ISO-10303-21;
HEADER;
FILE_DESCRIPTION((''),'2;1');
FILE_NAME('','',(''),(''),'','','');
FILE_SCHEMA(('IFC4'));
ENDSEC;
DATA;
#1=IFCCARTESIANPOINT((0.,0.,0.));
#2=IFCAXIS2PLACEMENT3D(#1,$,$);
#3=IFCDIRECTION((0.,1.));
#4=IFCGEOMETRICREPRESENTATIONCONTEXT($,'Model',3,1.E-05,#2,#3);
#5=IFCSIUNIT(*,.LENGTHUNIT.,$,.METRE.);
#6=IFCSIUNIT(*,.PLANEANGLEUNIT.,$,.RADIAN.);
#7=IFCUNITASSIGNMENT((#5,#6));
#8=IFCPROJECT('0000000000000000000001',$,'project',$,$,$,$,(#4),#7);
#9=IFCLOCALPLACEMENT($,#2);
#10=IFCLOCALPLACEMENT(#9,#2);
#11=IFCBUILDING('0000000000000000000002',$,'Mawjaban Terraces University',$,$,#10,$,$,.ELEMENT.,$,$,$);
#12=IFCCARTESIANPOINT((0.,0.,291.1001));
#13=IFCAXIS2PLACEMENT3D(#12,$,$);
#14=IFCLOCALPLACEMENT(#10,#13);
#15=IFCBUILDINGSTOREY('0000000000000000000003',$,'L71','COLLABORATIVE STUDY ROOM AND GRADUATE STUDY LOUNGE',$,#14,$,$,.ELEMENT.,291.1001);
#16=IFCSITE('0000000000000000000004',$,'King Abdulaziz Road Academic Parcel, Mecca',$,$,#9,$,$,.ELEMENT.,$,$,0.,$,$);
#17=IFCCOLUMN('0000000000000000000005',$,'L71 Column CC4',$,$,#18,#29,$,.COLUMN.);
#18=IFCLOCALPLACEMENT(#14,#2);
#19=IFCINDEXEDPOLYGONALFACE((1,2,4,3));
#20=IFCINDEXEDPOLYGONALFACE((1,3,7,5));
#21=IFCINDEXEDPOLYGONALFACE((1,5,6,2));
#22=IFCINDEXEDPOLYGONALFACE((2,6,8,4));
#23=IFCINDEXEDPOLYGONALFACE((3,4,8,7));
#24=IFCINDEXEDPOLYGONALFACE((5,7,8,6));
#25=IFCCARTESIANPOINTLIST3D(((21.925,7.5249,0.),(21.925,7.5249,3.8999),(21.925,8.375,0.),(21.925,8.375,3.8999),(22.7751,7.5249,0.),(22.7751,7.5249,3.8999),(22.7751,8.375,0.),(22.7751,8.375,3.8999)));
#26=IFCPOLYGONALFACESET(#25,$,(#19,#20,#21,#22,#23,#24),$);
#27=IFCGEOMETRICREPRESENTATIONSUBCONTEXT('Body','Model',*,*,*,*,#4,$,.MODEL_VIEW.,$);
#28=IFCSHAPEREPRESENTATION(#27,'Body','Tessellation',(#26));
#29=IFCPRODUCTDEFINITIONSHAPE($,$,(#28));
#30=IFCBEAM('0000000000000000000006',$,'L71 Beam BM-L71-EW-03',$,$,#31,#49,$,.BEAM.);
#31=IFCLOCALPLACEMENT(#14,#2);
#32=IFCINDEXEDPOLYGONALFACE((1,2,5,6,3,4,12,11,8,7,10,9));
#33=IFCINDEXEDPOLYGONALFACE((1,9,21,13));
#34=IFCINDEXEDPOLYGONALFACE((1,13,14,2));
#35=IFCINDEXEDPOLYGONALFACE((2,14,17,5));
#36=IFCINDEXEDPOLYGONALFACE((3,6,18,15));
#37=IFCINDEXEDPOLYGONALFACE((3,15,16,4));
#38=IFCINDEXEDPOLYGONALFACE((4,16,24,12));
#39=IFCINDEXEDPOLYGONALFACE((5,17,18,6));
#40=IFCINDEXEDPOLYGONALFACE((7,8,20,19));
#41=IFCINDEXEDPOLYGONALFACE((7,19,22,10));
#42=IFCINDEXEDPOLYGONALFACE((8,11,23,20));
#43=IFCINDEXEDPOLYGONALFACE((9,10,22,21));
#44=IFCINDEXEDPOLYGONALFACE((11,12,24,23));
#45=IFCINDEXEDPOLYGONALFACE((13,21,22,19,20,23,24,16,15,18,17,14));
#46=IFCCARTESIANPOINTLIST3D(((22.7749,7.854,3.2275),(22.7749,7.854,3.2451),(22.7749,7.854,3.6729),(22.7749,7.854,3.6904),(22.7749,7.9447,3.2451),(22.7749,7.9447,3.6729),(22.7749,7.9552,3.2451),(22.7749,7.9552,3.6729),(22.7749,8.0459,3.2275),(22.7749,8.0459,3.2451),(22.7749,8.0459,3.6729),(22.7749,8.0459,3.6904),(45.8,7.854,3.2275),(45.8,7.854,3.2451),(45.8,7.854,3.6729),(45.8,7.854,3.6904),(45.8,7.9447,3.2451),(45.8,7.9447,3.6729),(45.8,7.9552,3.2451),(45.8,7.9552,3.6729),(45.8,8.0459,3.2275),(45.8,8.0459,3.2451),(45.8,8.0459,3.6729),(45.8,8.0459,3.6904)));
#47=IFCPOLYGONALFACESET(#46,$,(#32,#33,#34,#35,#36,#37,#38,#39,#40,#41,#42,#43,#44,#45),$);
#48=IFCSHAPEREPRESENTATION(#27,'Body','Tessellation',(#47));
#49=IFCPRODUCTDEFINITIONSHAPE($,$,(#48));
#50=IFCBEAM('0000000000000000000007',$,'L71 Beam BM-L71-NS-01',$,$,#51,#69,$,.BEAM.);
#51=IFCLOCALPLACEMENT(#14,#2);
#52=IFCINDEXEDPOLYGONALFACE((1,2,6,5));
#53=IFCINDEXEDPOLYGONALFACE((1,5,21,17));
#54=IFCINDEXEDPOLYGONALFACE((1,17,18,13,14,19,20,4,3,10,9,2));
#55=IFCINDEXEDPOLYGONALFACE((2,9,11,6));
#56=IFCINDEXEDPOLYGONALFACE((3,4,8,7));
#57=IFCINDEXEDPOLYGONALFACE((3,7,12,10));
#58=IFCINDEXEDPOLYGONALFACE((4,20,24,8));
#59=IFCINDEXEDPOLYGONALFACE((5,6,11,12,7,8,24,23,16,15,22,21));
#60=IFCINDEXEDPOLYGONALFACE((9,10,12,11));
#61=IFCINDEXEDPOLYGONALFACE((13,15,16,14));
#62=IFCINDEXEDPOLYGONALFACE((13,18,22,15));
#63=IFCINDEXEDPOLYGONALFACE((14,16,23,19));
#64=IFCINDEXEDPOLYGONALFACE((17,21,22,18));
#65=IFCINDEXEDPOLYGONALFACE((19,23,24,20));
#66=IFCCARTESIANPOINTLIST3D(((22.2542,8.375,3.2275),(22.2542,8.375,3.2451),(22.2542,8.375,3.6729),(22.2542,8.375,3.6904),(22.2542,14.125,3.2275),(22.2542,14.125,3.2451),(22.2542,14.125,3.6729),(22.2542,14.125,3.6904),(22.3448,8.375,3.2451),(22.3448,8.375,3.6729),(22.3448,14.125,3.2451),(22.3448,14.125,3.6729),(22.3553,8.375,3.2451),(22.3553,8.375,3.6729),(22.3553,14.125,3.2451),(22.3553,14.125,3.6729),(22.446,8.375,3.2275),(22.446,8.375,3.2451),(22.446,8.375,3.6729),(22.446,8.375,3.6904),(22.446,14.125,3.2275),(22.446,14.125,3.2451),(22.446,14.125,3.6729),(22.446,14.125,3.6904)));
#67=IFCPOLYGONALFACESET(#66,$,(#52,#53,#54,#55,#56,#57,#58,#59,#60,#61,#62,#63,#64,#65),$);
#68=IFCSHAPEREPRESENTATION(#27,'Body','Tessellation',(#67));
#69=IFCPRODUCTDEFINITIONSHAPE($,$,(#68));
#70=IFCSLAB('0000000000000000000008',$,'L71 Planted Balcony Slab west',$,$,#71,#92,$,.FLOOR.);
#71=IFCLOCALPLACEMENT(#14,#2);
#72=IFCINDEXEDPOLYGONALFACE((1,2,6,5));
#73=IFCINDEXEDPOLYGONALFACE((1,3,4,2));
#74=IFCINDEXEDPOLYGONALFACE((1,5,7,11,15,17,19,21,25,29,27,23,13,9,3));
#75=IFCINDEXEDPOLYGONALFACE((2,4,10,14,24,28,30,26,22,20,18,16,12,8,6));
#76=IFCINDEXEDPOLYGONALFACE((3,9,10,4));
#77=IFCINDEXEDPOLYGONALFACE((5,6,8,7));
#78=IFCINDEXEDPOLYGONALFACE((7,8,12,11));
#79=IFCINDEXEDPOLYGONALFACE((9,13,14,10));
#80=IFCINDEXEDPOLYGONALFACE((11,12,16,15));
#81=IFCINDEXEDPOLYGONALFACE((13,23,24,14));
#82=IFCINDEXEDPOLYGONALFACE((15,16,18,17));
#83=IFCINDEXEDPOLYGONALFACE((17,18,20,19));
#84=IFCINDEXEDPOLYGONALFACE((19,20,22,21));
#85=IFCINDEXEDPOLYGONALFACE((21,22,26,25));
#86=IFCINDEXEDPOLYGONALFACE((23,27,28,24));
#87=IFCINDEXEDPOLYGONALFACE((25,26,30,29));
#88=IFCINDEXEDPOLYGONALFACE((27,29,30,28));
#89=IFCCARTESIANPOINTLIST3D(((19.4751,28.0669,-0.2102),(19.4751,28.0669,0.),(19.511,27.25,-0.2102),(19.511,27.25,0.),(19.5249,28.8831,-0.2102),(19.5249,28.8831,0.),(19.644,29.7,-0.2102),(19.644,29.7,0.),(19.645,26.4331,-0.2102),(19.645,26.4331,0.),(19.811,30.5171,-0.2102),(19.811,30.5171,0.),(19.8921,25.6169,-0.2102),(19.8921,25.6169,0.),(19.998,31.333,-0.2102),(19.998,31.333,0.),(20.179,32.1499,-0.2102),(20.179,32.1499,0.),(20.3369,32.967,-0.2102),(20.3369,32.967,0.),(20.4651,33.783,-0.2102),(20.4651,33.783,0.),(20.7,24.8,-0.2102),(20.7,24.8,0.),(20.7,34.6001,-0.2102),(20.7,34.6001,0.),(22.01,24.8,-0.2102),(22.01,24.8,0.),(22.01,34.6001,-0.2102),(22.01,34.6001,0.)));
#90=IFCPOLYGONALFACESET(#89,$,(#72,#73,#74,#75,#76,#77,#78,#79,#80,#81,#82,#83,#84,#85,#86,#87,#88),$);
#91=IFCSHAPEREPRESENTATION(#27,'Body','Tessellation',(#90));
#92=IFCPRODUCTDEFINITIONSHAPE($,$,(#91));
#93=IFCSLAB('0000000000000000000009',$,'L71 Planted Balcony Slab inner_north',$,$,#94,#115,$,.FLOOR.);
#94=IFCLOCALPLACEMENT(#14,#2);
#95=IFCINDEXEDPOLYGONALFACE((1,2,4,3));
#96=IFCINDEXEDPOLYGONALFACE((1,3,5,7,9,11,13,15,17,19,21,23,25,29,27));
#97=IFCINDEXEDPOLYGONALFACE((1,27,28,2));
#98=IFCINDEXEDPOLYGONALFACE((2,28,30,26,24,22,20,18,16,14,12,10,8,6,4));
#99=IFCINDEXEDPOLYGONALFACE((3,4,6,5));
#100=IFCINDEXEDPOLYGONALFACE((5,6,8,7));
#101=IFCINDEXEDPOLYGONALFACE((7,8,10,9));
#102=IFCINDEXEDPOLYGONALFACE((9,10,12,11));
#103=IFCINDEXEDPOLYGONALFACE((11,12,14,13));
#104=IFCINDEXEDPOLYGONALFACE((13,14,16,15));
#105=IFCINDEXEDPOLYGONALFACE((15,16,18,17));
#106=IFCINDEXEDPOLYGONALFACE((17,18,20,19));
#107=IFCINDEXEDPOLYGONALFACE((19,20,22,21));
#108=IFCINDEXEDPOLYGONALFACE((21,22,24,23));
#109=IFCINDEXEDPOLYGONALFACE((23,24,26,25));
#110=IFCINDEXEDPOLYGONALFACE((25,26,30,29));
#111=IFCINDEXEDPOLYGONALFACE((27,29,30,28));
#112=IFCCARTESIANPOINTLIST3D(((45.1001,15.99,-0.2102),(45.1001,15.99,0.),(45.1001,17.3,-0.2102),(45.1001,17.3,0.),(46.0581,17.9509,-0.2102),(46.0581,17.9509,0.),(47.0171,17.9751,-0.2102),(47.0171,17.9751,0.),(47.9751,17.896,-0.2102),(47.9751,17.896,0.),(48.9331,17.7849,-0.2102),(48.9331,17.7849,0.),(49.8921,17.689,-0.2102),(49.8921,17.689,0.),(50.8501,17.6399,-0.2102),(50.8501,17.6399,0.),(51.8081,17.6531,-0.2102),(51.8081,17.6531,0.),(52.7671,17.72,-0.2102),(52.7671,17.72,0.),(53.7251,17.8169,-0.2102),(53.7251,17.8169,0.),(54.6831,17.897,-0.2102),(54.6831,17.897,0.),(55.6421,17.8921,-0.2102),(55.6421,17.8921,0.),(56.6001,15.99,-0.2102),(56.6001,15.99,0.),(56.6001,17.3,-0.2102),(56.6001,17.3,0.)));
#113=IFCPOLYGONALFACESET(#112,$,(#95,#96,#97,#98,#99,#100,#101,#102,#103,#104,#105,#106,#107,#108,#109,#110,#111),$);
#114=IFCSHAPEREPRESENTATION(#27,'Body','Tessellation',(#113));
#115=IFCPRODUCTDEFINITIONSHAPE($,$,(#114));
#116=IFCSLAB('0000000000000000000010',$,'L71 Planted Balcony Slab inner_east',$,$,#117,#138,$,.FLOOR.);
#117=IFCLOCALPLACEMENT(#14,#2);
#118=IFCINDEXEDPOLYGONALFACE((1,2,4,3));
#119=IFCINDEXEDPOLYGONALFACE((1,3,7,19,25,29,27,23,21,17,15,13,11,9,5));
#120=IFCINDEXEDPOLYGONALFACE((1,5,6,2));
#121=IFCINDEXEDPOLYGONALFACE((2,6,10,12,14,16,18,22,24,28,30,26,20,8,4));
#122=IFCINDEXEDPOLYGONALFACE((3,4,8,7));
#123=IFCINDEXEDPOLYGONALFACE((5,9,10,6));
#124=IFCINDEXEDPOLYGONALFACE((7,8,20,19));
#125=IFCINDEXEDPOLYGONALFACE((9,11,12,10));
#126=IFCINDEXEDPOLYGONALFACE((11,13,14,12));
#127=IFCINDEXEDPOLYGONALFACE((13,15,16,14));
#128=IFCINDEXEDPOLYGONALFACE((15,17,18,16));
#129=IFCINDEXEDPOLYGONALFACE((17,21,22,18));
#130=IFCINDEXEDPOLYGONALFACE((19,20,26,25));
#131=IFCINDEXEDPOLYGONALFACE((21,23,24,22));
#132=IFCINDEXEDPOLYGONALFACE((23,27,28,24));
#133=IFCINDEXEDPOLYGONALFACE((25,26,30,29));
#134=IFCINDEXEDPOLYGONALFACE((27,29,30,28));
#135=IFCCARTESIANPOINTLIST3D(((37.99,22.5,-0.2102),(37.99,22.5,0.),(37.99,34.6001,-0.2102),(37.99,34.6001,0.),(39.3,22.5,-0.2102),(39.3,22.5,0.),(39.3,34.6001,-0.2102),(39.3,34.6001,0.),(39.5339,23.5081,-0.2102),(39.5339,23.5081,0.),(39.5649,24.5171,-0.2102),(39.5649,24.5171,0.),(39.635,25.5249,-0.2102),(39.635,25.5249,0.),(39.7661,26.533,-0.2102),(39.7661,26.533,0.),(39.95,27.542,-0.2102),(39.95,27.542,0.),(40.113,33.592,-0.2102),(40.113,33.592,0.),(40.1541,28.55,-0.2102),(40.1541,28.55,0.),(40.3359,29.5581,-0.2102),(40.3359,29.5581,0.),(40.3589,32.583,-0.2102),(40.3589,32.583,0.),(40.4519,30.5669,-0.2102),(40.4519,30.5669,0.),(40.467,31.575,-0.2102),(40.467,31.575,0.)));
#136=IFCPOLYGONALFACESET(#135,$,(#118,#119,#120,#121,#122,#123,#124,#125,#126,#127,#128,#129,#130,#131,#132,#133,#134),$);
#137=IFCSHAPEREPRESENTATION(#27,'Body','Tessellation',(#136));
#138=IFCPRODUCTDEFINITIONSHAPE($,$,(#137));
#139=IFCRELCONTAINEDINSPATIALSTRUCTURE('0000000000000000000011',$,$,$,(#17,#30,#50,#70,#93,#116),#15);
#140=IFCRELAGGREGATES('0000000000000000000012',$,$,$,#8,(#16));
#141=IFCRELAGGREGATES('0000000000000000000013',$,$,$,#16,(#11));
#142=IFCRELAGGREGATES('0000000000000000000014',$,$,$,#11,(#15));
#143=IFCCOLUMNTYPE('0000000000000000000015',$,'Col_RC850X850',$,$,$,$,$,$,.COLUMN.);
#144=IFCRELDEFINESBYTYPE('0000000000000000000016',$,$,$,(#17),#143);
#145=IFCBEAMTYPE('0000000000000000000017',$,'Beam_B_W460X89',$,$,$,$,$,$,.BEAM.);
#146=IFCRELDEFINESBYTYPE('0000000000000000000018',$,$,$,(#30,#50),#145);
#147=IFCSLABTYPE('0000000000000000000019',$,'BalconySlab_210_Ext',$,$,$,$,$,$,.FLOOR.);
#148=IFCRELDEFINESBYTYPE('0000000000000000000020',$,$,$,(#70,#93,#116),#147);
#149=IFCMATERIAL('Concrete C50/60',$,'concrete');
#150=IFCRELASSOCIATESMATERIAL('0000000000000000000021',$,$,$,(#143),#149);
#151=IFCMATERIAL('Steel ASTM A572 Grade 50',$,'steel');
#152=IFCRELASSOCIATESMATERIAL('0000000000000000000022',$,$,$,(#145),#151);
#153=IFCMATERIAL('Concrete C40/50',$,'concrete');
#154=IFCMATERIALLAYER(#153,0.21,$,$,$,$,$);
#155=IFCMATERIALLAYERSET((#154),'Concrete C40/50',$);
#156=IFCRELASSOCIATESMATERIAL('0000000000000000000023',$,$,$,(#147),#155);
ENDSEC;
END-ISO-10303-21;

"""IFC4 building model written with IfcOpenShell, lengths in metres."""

from ifc_helpers import new_model, si_unit, direction, frame, origin, origin_2d, place, context, subcontext, project, spatial, polyline, rectangle, i_section, outline, extrude, material, layer, layer_set, material_profile, profile_set, type_object, element, save


model = new_model("IFC4")

# Units and contexts
model_context = context("Model", 3, precision=1e-05, world=origin(), true_north=direction((0.0, 1.0)))
body_context = subcontext(model_context, "Body", "Model", "MODEL_VIEW")
ifc_project = project(units=[si_unit("LENGTHUNIT", "METRE"), si_unit("PLANEANGLEUNIT", "RADIAN")], contexts=[model_context])

# Site, building, storey
site_placement = place(None, origin())
site = spatial("IfcSite", under=ifc_project, at=site_placement, Name="King Abdulaziz Road Academic Parcel, Mecca", CompositionType="ELEMENT", RefElevation=0.0)
building_placement = place(site_placement, origin())
building = spatial("IfcBuilding", under=site, at=building_placement, Name="Mawjaban Terraces University", CompositionType="ELEMENT")
storey_placement = place(building_placement, frame((0.0, 0.0, 291.1001)))
storey = spatial("IfcBuildingStorey", under=building, at=storey_placement, Name="L71", Description="COLLABORATIVE STUDY ROOM AND GRADUATE STUDY LOUNGE", CompositionType="ELEMENT", Elevation=291.1001)

# Column
ifc_material_1 = material(Name="Concrete C50/60", Category="concrete")
ifc_material_profile_1 = material_profile(ifc_material_1, rectangle(XDim=0.8501, YDim=0.8501, at=origin_2d()), Name="RC850X850")
ifc_profile_set_1 = profile_set([ifc_material_profile_1], Name="Concrete C50/60")
column_type = type_object("IfcColumnType", Name="Col_RC850X850", PredefinedType="COLUMN", material=ifc_profile_set_1)
column_placement = place(storey_placement, frame((22.3501, 7.95, 0.0), z_axis=(0.0, 0.0, 1.0), x_axis=(1.0, 0.0, 0.0)))
element("IfcColumn", 1, at=column_placement, inside=storey, type_object=column_type, Name="L71 Column CC4", PredefinedType="COLUMN", context=body_context, shape_type="SweptSolid", body=[
    extrude(rectangle(XDim=0.8501, YDim=0.8501, at=origin_2d()), origin(), (0.0, 0.0, 1.0), 3.8999),
])

# Beams
ifc_material_2 = material(Name="Steel ASTM A572 Grade 50", Category="steel")
ifc_material_profile_2 = material_profile(ifc_material_2, i_section(OverallWidth=0.1919, OverallDepth=0.4629, WebThickness=0.0105, FlangeThickness=0.0176, at=origin_2d()), Name="W460X89")
ifc_profile_set_2 = profile_set([ifc_material_profile_2], Name="Steel ASTM A572 Grade 50")
beam_type = type_object("IfcBeamType", Name="Beam_B_W460X89", PredefinedType="BEAM", material=ifc_profile_set_2)
beam_1_placement = place(storey_placement, frame((22.7749, 7.95, 3.459), z_axis=(1.0, 0.0, 0.0), x_axis=(0.0, 1.0, 0.0)))
element("IfcBeam", 2, at=beam_1_placement, inside=storey, type_object=beam_type, Name="L71 Beam BM-L71-EW-03", PredefinedType="BEAM", context=body_context, shape_type="SweptSolid", body=[
    extrude(i_section(OverallWidth=0.1919, OverallDepth=0.4629, WebThickness=0.0105, FlangeThickness=0.0176, at=origin_2d()), origin(), (0.0, 0.0, 1.0), 23.0251),
])
beam_2_placement = place(storey_placement, frame((22.3501, 8.375, 3.459), z_axis=(0.0, 1.0, 0.0), x_axis=(-1.0, 0.0, 0.0)))
element("IfcBeam", 3, at=beam_2_placement, inside=storey, type_object=beam_type, Name="L71 Beam BM-L71-NS-01", PredefinedType="BEAM", context=body_context, shape_type="SweptSolid", body=[
    extrude(i_section(OverallWidth=0.1919, OverallDepth=0.4629, WebThickness=0.0105, FlangeThickness=0.0176, at=origin_2d()), origin(), (0.0, 0.0, 1.0), 5.75),
])

# Slabs
ifc_material_3 = material(Name="Concrete C40/50", Category="concrete")
ifc_layer_1 = layer(ifc_material_3, 0.21)
ifc_layer_set_1 = layer_set([ifc_layer_1], Name="Concrete C40/50")
slab_type_1 = type_object("IfcSlabType", Name="BalconySlab_210_Ext", PredefinedType="FLOOR", material=ifc_layer_set_1)
slab_1_placement = place(storey_placement, frame((0.0, 0.0, -0.2102)))
element("IfcSlab", 4, at=slab_1_placement, inside=storey, type_object=slab_type_1, Name="L71 Planted Balcony Slab west", PredefinedType="FLOOR", context=body_context, shape_type="SweptSolid", body=[
    extrude(outline(polyline([(22.01, 24.8), (22.01, 34.6001), (20.7, 34.6001), (20.4651, 33.783), (20.3369, 32.967), (20.179, 32.1499), (19.998, 31.333), (19.811, 30.5171), (19.644, 29.7), (19.5249, 28.8831), (19.4751, 28.0669), (19.511, 27.25), (19.645, 26.4331), (19.8921, 25.6169), (20.7, 24.8), (22.01, 24.8)])), origin(), (0.0, 0.0, 1.0), 0.2102),
])
slab_2_placement = place(storey_placement, frame((0.0, 0.0, -0.2102)))
element("IfcSlab", 5, at=slab_2_placement, inside=storey, type_object=slab_type_1, Name="L71 Planted Balcony Slab inner_north", PredefinedType="FLOOR", context=body_context, shape_type="SweptSolid", body=[
    extrude(outline(polyline([(45.1001, 15.99), (56.6001, 15.99), (56.6001, 17.3), (55.6421, 17.8921), (54.6831, 17.897), (53.7251, 17.8169), (52.7671, 17.72), (51.8081, 17.6531), (50.8501, 17.6399), (49.8921, 17.689), (48.9331, 17.7849), (47.9751, 17.896), (47.0171, 17.9751), (46.0581, 17.9509), (45.1001, 17.3), (45.1001, 15.99)])), origin(), (0.0, 0.0, 1.0), 0.2102),
])
slab_3_placement = place(storey_placement, frame((0.0, 0.0, -0.2102)))
element("IfcSlab", 6, at=slab_3_placement, inside=storey, type_object=slab_type_1, Name="L71 Planted Balcony Slab inner_east", PredefinedType="FLOOR", context=body_context, shape_type="SweptSolid", body=[
    extrude(outline(polyline([(39.3, 22.5), (39.5339, 23.5081), (39.5649, 24.5171), (39.635, 25.5249), (39.7661, 26.533), (39.95, 27.542), (40.1541, 28.55), (40.3359, 29.5581), (40.4519, 30.5669), (40.467, 31.575), (40.3589, 32.583), (40.113, 33.592), (39.3, 34.6001), (37.99, 34.6001), (37.99, 22.5), (39.3, 22.5)])), origin(), (0.0, 0.0, 1.0), 0.2102),
])

save(model, "model.ifc")
